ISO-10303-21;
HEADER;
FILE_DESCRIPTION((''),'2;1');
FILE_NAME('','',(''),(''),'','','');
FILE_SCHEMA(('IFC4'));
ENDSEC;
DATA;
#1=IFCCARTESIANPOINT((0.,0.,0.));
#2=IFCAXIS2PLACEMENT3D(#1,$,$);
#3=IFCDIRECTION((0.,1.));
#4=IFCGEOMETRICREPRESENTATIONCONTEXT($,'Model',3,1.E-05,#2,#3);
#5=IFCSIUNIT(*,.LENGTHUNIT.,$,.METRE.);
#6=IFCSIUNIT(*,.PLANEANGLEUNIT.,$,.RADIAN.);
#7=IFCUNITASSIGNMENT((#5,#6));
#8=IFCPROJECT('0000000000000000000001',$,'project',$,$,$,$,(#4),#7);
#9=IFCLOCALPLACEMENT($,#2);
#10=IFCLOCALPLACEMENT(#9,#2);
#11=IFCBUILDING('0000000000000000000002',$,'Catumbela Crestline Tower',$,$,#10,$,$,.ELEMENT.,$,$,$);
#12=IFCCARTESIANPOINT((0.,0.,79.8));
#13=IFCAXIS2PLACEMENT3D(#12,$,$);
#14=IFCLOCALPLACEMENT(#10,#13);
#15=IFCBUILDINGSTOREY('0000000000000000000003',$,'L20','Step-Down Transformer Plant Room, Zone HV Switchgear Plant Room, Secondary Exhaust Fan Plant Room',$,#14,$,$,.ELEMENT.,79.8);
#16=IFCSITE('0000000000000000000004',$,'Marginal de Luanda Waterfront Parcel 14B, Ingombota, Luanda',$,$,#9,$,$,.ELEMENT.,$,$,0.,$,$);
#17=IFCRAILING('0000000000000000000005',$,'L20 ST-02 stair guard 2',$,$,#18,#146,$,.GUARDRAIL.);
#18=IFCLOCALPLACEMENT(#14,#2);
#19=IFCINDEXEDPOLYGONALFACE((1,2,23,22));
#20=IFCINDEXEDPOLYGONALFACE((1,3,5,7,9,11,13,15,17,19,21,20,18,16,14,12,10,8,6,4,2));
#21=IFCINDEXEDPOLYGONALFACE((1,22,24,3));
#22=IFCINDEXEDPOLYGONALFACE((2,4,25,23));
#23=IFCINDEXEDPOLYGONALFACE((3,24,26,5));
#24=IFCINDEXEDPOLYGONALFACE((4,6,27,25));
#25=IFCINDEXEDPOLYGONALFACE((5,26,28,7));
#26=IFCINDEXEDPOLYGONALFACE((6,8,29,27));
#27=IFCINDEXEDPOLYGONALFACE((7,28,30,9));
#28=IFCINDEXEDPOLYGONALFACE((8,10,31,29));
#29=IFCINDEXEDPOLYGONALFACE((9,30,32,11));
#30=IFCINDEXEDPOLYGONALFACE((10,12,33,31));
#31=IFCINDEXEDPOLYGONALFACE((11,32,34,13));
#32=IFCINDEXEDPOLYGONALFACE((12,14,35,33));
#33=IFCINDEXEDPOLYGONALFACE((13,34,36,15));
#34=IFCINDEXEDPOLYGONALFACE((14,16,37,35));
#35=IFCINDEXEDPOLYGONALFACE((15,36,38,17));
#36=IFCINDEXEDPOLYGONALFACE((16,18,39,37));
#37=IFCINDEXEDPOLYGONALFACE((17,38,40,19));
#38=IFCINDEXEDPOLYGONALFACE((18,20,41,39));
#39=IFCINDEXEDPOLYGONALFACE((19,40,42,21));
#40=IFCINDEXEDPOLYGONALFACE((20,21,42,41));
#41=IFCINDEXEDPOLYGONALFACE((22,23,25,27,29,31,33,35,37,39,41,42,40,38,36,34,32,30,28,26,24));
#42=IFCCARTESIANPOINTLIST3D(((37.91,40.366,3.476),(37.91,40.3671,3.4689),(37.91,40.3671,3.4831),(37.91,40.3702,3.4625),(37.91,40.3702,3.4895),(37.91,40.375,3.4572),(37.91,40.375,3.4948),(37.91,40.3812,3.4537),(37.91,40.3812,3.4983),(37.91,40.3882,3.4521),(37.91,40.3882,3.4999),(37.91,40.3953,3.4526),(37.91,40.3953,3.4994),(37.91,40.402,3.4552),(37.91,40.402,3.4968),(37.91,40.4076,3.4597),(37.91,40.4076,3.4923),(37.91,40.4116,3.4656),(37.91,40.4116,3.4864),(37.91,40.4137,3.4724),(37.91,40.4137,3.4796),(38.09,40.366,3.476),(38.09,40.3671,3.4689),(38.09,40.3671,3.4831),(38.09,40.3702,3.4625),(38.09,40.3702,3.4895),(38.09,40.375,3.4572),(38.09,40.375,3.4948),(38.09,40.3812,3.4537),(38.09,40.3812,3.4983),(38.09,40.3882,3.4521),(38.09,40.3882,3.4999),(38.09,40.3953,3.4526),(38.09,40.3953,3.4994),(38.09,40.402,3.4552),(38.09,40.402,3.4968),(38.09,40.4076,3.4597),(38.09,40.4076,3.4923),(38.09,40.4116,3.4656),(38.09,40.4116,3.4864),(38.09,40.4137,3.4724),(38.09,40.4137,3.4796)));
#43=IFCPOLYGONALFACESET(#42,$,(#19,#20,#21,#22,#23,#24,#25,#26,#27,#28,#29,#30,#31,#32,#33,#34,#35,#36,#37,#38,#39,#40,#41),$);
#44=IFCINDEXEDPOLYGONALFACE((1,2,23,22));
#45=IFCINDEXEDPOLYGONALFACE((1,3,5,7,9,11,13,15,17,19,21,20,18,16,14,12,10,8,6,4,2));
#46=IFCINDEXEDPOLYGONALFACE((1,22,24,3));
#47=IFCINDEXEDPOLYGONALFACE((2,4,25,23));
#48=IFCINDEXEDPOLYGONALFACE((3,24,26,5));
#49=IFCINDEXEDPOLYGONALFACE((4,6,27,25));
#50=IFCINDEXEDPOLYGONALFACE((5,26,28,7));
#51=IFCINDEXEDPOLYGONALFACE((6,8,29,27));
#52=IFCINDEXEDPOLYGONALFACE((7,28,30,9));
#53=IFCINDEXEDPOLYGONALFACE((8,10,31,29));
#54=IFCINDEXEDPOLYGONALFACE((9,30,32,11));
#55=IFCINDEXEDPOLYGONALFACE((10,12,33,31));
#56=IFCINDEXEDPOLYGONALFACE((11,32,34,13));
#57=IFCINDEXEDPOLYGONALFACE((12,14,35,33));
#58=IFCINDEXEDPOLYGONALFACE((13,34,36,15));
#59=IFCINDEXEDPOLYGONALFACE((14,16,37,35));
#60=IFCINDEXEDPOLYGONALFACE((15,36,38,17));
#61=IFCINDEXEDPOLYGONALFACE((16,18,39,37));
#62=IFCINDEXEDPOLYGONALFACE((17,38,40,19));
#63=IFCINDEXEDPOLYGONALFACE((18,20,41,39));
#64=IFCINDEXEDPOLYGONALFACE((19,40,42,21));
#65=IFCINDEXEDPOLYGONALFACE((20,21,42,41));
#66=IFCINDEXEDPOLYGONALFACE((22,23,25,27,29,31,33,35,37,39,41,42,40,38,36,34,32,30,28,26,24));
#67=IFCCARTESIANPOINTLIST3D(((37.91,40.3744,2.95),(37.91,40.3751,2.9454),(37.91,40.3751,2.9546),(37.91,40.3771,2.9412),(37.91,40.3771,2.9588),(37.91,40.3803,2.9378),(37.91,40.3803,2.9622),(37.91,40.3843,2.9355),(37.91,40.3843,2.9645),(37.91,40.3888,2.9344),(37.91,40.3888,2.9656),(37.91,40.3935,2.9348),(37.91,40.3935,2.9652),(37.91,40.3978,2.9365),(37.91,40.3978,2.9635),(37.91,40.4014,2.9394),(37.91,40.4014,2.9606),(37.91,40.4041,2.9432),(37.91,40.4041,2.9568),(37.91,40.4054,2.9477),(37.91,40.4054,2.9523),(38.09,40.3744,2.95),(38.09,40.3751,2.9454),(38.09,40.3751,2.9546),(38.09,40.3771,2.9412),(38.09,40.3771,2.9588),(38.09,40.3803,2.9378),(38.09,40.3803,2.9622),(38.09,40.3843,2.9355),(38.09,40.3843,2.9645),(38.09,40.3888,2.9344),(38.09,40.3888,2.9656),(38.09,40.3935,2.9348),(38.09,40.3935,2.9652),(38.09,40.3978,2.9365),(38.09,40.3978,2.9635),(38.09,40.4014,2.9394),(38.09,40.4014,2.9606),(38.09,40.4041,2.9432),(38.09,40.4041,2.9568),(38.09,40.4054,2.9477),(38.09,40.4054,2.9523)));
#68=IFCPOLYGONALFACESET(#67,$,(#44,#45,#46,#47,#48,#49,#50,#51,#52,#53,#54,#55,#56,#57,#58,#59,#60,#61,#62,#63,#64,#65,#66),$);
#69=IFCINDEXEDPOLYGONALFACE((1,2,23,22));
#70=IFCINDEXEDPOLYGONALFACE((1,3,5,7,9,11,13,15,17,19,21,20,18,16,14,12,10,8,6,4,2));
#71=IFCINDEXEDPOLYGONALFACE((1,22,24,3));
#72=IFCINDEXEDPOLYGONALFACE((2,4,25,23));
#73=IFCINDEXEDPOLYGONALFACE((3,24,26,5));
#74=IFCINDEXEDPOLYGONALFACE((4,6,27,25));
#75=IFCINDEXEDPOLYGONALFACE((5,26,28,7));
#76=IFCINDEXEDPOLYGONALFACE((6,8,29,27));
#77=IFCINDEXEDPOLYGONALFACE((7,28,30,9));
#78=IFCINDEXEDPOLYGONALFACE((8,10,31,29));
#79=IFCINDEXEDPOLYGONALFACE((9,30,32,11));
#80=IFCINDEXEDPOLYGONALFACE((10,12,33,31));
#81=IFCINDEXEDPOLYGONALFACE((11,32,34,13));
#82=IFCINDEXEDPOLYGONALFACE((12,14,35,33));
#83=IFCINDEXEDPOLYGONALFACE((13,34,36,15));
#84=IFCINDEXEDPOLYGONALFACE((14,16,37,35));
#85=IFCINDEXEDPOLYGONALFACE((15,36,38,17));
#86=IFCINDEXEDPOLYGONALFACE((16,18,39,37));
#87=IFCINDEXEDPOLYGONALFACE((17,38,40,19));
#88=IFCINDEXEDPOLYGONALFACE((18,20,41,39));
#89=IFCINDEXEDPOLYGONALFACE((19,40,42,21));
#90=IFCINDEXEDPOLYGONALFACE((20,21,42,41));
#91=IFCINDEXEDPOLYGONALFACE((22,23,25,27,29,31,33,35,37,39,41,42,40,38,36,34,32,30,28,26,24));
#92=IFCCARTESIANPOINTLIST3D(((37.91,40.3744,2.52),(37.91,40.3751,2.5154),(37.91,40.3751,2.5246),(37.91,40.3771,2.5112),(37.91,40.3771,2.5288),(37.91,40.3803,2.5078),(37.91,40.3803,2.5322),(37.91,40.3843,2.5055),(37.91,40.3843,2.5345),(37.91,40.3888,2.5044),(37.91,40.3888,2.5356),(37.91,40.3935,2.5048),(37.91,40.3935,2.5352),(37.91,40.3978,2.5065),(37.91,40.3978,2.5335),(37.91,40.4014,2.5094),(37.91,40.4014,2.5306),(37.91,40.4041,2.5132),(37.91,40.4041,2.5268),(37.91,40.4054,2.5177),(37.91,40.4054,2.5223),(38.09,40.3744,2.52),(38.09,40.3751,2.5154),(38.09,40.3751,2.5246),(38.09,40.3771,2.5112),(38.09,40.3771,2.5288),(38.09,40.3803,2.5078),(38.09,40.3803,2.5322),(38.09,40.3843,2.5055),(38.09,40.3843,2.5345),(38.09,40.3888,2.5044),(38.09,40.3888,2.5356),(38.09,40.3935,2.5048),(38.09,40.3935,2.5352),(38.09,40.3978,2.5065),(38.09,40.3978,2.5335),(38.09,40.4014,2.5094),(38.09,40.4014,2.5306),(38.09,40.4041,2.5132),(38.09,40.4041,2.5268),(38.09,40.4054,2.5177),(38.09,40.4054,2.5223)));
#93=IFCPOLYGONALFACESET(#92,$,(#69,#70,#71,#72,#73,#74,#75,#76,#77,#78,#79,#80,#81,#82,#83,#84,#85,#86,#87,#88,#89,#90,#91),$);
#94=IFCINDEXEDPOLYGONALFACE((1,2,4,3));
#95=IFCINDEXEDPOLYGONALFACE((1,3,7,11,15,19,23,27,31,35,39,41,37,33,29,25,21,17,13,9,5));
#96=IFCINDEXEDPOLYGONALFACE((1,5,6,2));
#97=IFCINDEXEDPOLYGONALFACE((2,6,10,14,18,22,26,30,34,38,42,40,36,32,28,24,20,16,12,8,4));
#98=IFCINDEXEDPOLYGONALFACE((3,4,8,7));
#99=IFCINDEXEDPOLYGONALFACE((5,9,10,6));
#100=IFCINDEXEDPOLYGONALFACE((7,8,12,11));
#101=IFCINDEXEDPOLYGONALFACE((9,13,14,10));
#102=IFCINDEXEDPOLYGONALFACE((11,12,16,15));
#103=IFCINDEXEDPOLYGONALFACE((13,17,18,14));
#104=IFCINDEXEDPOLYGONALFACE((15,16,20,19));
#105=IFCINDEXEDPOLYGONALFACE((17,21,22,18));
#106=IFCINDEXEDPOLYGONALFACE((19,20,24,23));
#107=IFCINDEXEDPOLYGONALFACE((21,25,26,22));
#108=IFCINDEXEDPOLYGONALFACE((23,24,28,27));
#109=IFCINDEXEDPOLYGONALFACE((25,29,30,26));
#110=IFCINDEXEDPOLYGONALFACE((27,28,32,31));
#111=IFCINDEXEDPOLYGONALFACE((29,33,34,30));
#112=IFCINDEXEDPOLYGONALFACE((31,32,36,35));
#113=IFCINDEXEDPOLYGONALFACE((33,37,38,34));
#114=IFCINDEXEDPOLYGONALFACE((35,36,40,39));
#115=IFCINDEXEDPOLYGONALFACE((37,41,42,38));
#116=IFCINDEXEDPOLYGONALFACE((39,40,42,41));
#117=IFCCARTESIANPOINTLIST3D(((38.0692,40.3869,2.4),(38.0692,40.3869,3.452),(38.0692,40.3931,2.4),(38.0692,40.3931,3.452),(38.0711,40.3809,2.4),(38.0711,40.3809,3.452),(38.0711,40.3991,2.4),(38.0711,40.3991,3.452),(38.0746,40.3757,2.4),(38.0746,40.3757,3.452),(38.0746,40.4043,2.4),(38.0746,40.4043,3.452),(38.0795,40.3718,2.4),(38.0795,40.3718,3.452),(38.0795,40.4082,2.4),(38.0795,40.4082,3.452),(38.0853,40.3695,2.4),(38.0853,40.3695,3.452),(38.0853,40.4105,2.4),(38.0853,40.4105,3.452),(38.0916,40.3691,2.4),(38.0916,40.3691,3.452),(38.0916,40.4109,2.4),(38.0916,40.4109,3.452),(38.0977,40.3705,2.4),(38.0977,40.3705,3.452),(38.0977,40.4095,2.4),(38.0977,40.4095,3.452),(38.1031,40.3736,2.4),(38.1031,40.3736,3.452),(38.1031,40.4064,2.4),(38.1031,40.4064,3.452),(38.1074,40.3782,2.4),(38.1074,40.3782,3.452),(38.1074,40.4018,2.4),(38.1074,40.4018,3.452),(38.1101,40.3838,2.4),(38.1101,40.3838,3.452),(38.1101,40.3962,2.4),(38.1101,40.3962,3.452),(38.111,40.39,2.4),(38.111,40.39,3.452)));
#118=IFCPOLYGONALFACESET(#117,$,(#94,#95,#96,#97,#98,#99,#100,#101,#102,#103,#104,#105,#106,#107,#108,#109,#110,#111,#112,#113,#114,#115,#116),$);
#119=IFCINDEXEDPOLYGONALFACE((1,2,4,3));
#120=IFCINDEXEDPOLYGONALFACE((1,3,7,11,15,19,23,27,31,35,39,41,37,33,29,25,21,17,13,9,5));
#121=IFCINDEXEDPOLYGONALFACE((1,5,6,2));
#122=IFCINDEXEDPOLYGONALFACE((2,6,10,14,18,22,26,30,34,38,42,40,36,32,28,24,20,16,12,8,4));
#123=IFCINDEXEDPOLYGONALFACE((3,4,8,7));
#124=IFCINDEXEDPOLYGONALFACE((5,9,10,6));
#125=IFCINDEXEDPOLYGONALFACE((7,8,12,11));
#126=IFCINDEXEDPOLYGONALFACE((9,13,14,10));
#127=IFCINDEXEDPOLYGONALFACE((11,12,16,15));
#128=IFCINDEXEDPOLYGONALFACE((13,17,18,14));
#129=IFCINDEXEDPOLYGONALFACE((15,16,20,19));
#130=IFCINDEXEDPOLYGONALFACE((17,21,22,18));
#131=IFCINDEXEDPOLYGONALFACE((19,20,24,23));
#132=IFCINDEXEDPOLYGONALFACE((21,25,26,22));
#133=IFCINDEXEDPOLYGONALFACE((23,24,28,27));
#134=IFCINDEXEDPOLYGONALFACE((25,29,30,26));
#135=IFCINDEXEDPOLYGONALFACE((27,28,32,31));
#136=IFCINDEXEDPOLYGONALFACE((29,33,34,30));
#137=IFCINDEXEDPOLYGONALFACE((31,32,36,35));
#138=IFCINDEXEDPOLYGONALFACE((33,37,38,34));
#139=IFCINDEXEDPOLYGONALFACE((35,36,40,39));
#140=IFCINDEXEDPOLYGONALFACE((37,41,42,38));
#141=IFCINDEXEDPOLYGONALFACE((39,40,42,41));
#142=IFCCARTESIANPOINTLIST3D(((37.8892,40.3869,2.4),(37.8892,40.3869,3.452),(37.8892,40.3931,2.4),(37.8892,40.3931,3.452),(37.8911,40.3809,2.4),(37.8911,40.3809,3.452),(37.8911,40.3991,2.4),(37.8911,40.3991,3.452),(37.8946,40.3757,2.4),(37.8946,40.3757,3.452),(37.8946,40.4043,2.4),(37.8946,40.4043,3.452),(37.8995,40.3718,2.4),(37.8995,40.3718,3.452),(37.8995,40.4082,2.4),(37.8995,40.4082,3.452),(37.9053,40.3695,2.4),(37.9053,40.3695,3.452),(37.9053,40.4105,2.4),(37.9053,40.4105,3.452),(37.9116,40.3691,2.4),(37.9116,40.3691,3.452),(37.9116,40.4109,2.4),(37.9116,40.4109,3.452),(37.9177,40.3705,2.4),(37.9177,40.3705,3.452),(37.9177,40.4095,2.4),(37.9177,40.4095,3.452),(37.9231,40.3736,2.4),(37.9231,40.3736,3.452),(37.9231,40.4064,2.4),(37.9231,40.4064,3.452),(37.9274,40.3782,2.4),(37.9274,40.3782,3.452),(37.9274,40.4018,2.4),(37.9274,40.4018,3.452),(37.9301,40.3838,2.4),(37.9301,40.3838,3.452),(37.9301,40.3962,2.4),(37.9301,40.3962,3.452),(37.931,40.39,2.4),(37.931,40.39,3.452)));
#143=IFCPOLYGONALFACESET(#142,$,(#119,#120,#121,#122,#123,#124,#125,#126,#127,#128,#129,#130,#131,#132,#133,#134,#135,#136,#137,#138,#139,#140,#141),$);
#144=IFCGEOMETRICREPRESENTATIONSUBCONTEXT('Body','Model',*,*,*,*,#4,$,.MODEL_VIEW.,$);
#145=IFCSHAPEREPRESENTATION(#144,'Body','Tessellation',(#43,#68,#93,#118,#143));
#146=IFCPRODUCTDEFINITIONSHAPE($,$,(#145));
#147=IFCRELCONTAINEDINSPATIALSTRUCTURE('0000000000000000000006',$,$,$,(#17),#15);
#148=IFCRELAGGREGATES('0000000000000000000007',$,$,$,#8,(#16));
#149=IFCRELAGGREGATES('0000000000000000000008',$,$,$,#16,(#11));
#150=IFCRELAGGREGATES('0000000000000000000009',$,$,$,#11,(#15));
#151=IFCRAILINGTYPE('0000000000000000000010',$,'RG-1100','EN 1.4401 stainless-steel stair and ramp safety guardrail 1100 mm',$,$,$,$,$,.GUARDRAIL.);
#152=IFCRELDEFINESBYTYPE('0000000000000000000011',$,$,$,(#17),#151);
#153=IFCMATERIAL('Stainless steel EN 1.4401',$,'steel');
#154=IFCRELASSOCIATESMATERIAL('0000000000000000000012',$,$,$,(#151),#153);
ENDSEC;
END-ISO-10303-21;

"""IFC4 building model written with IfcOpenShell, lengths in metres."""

from ifc_helpers import new_model, si_unit, direction, frame, origin, origin_2d, place, context, subcontext, project, spatial, circle, extrude, material, type_object, element, save


model = new_model("IFC4")

# Units and contexts
model_context = context("Model", 3, precision=1e-05, world=origin(), true_north=direction((0.0, 1.0)))
body_context = subcontext(model_context, "Body", "Model", "MODEL_VIEW")
ifc_project = project(units=[si_unit("LENGTHUNIT", "METRE"), si_unit("PLANEANGLEUNIT", "RADIAN")], contexts=[model_context])

# Site, building, storey
site_placement = place(None, origin())
site = spatial("IfcSite", under=ifc_project, at=site_placement, Name="Marginal de Luanda Waterfront Parcel 14B, Ingombota, Luanda", CompositionType="ELEMENT", RefElevation=0.0)
building_placement = place(site_placement, origin())
building = spatial("IfcBuilding", under=site, at=building_placement, Name="Catumbela Crestline Tower", CompositionType="ELEMENT")
storey_placement = place(building_placement, frame((0.0, 0.0, 79.8)))
storey = spatial("IfcBuildingStorey", under=building, at=storey_placement, Name="L20", Description="Step-Down Transformer Plant Room, Zone HV Switchgear Plant Room, Secondary Exhaust Fan Plant Room", CompositionType="ELEMENT", Elevation=79.8)

# Railing
ifc_material_1 = material(Name="Stainless steel EN 1.4401", Category="steel")
railing_type_1 = type_object("IfcRailingType", Name="RG-1100", Description="EN 1.4401 stainless-steel stair and ramp safety guardrail 1100 mm", PredefinedType="GUARDRAIL", material=ifc_material_1)
railing_1_placement = place(storey_placement, frame((38.09, 40.39, 2.4)))
element("IfcRailing", 1, at=railing_1_placement, inside=storey, type_object=railing_type_1, Name="L20 ST-02 stair guard 2", PredefinedType="GUARDRAIL", context=body_context, shape_type="SweptSolid", body=[
    extrude(circle(Radius=0.024, at=origin_2d()), frame((0.0, 0.0, 1.076), z_axis=(-1.0, 0.0, 0.0), x_axis=(0.0, -1.0, 0.0)), (0.0, 0.0, 1.0), 0.18),
    extrude(circle(Radius=0.0156, at=origin_2d()), frame((0.0, 0.0, 0.55), z_axis=(-1.0, 0.0, 0.0), x_axis=(0.0, -1.0, 0.0)), (0.0, 0.0, 1.0), 0.18),
    extrude(circle(Radius=0.0156, at=origin_2d()), frame((0.0, 0.0, 0.12), z_axis=(-1.0, 0.0, 0.0), x_axis=(0.0, -1.0, 0.0)), (0.0, 0.0, 1.0), 0.18),
    extrude(circle(Radius=0.021, at=origin_2d()), origin(), (0.0, 0.0, 1.0), 1.052),
    extrude(circle(Radius=0.021, at=origin_2d()), frame((-0.18, 0.0, 0.0)), (0.0, 0.0, 1.0), 1.052),
])

save(model, "model.ifc")
